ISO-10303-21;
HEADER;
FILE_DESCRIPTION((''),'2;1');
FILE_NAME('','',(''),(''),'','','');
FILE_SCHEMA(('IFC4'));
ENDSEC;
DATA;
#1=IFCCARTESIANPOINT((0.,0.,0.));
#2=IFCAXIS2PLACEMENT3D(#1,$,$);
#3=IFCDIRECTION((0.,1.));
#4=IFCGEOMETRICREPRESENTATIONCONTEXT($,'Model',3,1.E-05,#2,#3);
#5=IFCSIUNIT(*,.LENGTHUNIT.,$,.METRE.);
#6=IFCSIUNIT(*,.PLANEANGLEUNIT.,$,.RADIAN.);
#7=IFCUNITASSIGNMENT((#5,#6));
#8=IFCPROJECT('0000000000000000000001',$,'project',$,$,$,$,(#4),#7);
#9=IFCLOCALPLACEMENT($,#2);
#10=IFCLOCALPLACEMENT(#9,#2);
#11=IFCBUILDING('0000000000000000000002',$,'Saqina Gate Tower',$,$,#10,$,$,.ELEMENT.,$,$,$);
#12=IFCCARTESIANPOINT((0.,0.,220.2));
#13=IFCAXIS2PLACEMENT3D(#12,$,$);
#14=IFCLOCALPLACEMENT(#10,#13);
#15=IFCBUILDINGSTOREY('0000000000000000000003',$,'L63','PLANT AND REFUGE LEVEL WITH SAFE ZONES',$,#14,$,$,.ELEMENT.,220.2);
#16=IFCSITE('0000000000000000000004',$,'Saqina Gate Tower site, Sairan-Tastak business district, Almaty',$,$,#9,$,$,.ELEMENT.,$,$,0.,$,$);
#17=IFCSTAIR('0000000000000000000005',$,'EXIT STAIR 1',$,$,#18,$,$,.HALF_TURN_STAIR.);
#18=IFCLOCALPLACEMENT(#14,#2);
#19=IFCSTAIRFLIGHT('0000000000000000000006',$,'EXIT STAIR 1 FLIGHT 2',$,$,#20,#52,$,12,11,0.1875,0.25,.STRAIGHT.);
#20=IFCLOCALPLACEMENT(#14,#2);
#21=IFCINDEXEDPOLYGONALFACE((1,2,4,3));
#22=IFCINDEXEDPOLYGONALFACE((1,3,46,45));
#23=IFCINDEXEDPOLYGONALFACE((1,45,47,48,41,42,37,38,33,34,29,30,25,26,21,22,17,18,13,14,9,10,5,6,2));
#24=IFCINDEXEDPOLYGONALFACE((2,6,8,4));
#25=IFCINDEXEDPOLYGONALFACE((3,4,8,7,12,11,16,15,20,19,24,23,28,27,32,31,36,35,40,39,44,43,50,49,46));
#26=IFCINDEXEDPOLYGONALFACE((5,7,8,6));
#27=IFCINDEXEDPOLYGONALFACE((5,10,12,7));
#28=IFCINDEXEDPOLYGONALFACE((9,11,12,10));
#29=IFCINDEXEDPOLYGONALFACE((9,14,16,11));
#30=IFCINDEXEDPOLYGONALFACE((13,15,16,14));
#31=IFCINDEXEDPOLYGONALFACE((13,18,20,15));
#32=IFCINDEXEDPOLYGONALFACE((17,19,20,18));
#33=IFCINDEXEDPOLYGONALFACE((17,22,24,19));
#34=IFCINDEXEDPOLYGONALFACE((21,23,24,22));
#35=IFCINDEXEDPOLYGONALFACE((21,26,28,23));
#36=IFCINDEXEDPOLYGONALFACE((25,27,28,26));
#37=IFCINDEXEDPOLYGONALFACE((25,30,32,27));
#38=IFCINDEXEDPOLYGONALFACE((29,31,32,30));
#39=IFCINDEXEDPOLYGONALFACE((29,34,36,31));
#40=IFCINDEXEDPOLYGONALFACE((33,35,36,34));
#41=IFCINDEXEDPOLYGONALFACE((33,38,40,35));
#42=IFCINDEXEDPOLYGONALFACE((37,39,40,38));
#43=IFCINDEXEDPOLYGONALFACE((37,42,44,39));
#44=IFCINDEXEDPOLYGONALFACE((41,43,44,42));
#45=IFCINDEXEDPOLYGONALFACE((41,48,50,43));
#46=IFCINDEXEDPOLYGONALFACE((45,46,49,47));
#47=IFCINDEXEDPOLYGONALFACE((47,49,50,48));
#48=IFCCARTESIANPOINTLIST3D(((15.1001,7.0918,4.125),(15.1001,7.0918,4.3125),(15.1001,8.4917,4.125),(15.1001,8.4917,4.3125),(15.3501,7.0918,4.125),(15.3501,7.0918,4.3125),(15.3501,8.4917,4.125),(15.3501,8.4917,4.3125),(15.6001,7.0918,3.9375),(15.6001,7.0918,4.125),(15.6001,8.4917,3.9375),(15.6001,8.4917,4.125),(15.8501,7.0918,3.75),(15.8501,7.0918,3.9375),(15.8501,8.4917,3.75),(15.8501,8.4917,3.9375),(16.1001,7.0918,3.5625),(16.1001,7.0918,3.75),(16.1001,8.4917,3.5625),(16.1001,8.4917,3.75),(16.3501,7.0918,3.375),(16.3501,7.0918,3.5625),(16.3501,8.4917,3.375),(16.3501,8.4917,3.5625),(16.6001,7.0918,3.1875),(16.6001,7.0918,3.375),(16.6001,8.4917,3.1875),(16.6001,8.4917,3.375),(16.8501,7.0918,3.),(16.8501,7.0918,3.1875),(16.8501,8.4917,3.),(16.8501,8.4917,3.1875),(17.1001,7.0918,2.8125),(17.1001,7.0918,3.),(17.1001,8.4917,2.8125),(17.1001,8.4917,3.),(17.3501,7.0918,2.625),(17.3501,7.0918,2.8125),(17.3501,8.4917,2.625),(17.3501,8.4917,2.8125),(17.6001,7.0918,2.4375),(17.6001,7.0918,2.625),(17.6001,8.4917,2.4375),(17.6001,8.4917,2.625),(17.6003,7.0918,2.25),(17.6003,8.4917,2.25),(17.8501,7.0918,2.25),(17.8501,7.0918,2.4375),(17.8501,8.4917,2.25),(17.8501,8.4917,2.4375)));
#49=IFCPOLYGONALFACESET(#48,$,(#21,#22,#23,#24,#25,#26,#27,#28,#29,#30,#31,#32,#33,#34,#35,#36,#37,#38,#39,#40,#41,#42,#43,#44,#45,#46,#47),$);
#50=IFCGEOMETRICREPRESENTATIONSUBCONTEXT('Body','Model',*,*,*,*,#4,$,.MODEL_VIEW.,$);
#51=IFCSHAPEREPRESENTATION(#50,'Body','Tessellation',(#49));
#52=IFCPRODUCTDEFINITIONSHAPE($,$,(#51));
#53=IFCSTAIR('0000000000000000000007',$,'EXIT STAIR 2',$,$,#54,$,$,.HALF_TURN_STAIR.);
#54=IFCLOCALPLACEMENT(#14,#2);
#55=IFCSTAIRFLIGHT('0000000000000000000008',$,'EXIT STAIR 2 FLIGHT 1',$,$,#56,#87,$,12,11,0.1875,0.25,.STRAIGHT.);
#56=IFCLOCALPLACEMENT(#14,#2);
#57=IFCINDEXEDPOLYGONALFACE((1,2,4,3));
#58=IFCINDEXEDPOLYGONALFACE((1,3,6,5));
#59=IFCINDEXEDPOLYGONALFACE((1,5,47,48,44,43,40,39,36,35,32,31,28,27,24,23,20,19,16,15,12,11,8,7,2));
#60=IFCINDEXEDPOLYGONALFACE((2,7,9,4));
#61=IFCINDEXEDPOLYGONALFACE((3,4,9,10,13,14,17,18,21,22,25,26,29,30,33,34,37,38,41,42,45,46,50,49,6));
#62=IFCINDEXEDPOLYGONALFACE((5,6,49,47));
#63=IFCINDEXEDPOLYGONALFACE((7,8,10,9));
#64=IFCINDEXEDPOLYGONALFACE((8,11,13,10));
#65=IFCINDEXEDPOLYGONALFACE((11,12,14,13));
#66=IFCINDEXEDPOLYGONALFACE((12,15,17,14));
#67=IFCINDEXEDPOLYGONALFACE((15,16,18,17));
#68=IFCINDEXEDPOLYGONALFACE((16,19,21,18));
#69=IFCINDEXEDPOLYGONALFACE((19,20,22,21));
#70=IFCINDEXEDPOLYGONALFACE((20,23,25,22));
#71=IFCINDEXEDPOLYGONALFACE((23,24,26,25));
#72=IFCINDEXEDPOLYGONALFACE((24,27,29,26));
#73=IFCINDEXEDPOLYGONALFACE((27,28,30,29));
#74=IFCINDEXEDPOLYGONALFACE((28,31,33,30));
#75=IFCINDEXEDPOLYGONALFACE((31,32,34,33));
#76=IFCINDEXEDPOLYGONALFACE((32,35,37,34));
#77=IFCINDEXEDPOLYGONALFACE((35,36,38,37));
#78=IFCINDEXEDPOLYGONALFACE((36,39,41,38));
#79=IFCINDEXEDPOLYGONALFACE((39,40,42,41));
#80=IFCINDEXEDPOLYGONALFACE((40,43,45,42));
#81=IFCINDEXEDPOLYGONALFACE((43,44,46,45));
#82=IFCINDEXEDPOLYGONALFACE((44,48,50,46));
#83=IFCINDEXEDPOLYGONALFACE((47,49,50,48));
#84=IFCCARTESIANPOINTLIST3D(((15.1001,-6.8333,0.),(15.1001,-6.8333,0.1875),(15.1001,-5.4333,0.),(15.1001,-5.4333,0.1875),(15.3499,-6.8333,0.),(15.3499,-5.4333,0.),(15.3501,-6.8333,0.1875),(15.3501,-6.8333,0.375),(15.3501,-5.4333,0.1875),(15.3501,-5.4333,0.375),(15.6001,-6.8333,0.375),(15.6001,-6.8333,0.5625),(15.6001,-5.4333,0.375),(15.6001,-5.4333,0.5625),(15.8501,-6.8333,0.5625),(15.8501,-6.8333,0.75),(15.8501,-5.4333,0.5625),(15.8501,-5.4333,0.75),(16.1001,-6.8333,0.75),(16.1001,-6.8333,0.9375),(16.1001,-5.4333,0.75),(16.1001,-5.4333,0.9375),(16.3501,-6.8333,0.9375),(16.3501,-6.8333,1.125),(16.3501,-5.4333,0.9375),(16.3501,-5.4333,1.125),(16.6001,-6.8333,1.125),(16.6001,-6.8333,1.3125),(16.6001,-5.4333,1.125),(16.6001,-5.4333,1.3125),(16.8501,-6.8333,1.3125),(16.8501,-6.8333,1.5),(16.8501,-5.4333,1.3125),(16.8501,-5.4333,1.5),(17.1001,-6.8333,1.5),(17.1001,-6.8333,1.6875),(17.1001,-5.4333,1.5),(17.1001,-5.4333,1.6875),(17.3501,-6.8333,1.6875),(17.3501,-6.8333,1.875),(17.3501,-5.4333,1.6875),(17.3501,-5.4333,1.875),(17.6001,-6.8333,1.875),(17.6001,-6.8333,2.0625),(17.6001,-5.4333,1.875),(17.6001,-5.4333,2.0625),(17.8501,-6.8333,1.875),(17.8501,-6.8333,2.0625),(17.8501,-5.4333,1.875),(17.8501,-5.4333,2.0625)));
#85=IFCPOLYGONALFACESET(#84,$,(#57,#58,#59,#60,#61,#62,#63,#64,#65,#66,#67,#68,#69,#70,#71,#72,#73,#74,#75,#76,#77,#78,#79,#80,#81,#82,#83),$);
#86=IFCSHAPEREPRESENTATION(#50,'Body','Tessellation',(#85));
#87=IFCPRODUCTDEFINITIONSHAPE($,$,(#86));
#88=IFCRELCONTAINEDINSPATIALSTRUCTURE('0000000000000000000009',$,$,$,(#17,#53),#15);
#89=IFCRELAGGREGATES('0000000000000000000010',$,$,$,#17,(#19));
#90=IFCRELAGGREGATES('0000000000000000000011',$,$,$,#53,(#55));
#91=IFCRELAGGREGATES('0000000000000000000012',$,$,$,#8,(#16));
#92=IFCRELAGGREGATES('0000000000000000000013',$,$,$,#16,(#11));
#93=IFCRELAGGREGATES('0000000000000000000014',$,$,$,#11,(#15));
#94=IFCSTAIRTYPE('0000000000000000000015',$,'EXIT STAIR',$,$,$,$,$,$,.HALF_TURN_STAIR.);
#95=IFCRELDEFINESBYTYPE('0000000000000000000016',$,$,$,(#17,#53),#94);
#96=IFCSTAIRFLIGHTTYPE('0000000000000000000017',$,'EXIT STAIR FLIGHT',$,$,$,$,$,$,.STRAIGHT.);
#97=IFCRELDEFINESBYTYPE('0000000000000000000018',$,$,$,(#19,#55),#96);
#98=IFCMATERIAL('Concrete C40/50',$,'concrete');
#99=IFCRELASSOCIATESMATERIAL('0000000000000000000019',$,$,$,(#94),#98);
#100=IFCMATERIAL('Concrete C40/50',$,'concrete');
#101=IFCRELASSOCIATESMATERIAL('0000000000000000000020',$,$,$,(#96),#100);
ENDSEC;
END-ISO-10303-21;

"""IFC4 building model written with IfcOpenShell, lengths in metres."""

from ifc_helpers import new_model, si_unit, direction, frame, origin, place, context, subcontext, project, spatial, polyline, outline, extrude, material, type_object, element, aggregate, save


model = new_model("IFC4")

# Units and contexts
model_context = context("Model", 3, precision=1e-05, world=origin(), true_north=direction((0.0, 1.0)))
body_context = subcontext(model_context, "Body", "Model", "MODEL_VIEW")
ifc_project = project(units=[si_unit("LENGTHUNIT", "METRE"), si_unit("PLANEANGLEUNIT", "RADIAN")], contexts=[model_context])

# Site, building, storey
site_placement = place(None, origin())
site = spatial("IfcSite", under=ifc_project, at=site_placement, Name="Saqina Gate Tower site, Sairan-Tastak business district, Almaty", CompositionType="ELEMENT", RefElevation=0.0)
building_placement = place(site_placement, origin())
building = spatial("IfcBuilding", under=site, at=building_placement, Name="Saqina Gate Tower", CompositionType="ELEMENT")
storey_placement = place(building_placement, frame((0.0, 0.0, 220.2)))
storey = spatial("IfcBuildingStorey", under=building, at=storey_placement, Name="L63", Description="PLANT AND REFUGE LEVEL WITH SAFE ZONES", CompositionType="ELEMENT", Elevation=220.2)

# Stair, stair flight
ifc_material_1 = material(Name="Concrete C40/50", Category="concrete")
stair_type = type_object("IfcStairType", Name="EXIT STAIR", PredefinedType="HALF_TURN_STAIR", material=ifc_material_1)
stair_1_placement = place(storey_placement, origin())
stair_1 = element("IfcStair", 1, at=stair_1_placement, inside=storey, type_object=stair_type, Name="EXIT STAIR 1", PredefinedType="HALF_TURN_STAIR")
ifc_material_2 = material(Name="Concrete C40/50", Category="concrete")
stair_flight_type = type_object("IfcStairFlightType", Name="EXIT STAIR FLIGHT", PredefinedType="STRAIGHT", material=ifc_material_2)
stair_flight_1_placement = place(storey_placement, frame((17.8501, 7.7917, 2.25), z_axis=(0.0, 0.0, 1.0), x_axis=(-1.0, 0.0, 0.0)))
stair_flight_1 = element("IfcStairFlight", 2, at=stair_flight_1_placement, type_object=stair_flight_type, Name="EXIT STAIR 1 FLIGHT 2", NumberOfRisers=12, NumberOfTreads=11, PredefinedType="STRAIGHT", RiserHeight=0.1875, TreadLength=0.25, context=body_context, shape_type="SweptSolid", body=[
    extrude(outline(polyline([(0.0, 0.0), (0.0, 0.1875), (0.25, 0.1875), (0.25, 0.375), (0.5, 0.375), (0.5, 0.5625), (0.75, 0.5625), (0.75, 0.75), (1.0, 0.75), (1.0, 0.9375), (1.25, 0.9375), (1.25, 1.125), (1.5, 1.125), (1.5, 1.3125), (1.75, 1.3125), (1.75, 1.5), (2.0, 1.5), (2.0, 1.6875), (2.25, 1.6875), (2.25, 1.875), (2.5, 1.875), (2.5, 2.0625), (2.75, 2.0625), (2.75, 2.25), (2.75, 1.875), (0.2498, 0.0), (0.0, 0.0)])), frame((0.0, 0.7, 0.0), z_axis=(0.0, -1.0, 0.0), x_axis=(1.0, 0.0, 0.0)), (0.0, 0.0, 1.0), 1.3999),
])
aggregate(stair_1, [stair_flight_1])

# Stair, stair flight
stair_2_placement = place(storey_placement, origin())
stair_2 = element("IfcStair", 3, at=stair_2_placement, inside=storey, type_object=stair_type, Name="EXIT STAIR 2", PredefinedType="HALF_TURN_STAIR")
stair_flight_2_placement = place(storey_placement, frame((15.1001, -6.1333, 0.0), z_axis=(0.0, 0.0, 1.0), x_axis=(1.0, 0.0, 0.0)))
stair_flight_2 = element("IfcStairFlight", 4, at=stair_flight_2_placement, type_object=stair_flight_type, Name="EXIT STAIR 2 FLIGHT 1", NumberOfRisers=12, NumberOfTreads=11, PredefinedType="STRAIGHT", RiserHeight=0.1875, TreadLength=0.25, context=body_context, shape_type="SweptSolid", body=[
    extrude(outline(polyline([(0.0, 0.0), (0.0, 0.1875), (0.25, 0.1875), (0.25, 0.375), (0.5, 0.375), (0.5, 0.5625), (0.75, 0.5625), (0.75, 0.75), (1.0, 0.75), (1.0, 0.9375), (1.25, 0.9375), (1.25, 1.125), (1.5, 1.125), (1.5, 1.3125), (1.75, 1.3125), (1.75, 1.5), (2.0, 1.5), (2.0, 1.6875), (2.25, 1.6875), (2.25, 1.875), (2.5, 1.875), (2.5, 2.0625), (2.75, 2.0625), (2.75, 2.25), (2.75, 1.875), (0.2498, 0.0), (0.0, 0.0)])), frame((0.0, 0.7, 0.0), z_axis=(0.0, -1.0, 0.0), x_axis=(1.0, 0.0, 0.0)), (0.0, 0.0, 1.0), 1.3999),
])
aggregate(stair_2, [stair_flight_2])

save(model, "model.ifc")
